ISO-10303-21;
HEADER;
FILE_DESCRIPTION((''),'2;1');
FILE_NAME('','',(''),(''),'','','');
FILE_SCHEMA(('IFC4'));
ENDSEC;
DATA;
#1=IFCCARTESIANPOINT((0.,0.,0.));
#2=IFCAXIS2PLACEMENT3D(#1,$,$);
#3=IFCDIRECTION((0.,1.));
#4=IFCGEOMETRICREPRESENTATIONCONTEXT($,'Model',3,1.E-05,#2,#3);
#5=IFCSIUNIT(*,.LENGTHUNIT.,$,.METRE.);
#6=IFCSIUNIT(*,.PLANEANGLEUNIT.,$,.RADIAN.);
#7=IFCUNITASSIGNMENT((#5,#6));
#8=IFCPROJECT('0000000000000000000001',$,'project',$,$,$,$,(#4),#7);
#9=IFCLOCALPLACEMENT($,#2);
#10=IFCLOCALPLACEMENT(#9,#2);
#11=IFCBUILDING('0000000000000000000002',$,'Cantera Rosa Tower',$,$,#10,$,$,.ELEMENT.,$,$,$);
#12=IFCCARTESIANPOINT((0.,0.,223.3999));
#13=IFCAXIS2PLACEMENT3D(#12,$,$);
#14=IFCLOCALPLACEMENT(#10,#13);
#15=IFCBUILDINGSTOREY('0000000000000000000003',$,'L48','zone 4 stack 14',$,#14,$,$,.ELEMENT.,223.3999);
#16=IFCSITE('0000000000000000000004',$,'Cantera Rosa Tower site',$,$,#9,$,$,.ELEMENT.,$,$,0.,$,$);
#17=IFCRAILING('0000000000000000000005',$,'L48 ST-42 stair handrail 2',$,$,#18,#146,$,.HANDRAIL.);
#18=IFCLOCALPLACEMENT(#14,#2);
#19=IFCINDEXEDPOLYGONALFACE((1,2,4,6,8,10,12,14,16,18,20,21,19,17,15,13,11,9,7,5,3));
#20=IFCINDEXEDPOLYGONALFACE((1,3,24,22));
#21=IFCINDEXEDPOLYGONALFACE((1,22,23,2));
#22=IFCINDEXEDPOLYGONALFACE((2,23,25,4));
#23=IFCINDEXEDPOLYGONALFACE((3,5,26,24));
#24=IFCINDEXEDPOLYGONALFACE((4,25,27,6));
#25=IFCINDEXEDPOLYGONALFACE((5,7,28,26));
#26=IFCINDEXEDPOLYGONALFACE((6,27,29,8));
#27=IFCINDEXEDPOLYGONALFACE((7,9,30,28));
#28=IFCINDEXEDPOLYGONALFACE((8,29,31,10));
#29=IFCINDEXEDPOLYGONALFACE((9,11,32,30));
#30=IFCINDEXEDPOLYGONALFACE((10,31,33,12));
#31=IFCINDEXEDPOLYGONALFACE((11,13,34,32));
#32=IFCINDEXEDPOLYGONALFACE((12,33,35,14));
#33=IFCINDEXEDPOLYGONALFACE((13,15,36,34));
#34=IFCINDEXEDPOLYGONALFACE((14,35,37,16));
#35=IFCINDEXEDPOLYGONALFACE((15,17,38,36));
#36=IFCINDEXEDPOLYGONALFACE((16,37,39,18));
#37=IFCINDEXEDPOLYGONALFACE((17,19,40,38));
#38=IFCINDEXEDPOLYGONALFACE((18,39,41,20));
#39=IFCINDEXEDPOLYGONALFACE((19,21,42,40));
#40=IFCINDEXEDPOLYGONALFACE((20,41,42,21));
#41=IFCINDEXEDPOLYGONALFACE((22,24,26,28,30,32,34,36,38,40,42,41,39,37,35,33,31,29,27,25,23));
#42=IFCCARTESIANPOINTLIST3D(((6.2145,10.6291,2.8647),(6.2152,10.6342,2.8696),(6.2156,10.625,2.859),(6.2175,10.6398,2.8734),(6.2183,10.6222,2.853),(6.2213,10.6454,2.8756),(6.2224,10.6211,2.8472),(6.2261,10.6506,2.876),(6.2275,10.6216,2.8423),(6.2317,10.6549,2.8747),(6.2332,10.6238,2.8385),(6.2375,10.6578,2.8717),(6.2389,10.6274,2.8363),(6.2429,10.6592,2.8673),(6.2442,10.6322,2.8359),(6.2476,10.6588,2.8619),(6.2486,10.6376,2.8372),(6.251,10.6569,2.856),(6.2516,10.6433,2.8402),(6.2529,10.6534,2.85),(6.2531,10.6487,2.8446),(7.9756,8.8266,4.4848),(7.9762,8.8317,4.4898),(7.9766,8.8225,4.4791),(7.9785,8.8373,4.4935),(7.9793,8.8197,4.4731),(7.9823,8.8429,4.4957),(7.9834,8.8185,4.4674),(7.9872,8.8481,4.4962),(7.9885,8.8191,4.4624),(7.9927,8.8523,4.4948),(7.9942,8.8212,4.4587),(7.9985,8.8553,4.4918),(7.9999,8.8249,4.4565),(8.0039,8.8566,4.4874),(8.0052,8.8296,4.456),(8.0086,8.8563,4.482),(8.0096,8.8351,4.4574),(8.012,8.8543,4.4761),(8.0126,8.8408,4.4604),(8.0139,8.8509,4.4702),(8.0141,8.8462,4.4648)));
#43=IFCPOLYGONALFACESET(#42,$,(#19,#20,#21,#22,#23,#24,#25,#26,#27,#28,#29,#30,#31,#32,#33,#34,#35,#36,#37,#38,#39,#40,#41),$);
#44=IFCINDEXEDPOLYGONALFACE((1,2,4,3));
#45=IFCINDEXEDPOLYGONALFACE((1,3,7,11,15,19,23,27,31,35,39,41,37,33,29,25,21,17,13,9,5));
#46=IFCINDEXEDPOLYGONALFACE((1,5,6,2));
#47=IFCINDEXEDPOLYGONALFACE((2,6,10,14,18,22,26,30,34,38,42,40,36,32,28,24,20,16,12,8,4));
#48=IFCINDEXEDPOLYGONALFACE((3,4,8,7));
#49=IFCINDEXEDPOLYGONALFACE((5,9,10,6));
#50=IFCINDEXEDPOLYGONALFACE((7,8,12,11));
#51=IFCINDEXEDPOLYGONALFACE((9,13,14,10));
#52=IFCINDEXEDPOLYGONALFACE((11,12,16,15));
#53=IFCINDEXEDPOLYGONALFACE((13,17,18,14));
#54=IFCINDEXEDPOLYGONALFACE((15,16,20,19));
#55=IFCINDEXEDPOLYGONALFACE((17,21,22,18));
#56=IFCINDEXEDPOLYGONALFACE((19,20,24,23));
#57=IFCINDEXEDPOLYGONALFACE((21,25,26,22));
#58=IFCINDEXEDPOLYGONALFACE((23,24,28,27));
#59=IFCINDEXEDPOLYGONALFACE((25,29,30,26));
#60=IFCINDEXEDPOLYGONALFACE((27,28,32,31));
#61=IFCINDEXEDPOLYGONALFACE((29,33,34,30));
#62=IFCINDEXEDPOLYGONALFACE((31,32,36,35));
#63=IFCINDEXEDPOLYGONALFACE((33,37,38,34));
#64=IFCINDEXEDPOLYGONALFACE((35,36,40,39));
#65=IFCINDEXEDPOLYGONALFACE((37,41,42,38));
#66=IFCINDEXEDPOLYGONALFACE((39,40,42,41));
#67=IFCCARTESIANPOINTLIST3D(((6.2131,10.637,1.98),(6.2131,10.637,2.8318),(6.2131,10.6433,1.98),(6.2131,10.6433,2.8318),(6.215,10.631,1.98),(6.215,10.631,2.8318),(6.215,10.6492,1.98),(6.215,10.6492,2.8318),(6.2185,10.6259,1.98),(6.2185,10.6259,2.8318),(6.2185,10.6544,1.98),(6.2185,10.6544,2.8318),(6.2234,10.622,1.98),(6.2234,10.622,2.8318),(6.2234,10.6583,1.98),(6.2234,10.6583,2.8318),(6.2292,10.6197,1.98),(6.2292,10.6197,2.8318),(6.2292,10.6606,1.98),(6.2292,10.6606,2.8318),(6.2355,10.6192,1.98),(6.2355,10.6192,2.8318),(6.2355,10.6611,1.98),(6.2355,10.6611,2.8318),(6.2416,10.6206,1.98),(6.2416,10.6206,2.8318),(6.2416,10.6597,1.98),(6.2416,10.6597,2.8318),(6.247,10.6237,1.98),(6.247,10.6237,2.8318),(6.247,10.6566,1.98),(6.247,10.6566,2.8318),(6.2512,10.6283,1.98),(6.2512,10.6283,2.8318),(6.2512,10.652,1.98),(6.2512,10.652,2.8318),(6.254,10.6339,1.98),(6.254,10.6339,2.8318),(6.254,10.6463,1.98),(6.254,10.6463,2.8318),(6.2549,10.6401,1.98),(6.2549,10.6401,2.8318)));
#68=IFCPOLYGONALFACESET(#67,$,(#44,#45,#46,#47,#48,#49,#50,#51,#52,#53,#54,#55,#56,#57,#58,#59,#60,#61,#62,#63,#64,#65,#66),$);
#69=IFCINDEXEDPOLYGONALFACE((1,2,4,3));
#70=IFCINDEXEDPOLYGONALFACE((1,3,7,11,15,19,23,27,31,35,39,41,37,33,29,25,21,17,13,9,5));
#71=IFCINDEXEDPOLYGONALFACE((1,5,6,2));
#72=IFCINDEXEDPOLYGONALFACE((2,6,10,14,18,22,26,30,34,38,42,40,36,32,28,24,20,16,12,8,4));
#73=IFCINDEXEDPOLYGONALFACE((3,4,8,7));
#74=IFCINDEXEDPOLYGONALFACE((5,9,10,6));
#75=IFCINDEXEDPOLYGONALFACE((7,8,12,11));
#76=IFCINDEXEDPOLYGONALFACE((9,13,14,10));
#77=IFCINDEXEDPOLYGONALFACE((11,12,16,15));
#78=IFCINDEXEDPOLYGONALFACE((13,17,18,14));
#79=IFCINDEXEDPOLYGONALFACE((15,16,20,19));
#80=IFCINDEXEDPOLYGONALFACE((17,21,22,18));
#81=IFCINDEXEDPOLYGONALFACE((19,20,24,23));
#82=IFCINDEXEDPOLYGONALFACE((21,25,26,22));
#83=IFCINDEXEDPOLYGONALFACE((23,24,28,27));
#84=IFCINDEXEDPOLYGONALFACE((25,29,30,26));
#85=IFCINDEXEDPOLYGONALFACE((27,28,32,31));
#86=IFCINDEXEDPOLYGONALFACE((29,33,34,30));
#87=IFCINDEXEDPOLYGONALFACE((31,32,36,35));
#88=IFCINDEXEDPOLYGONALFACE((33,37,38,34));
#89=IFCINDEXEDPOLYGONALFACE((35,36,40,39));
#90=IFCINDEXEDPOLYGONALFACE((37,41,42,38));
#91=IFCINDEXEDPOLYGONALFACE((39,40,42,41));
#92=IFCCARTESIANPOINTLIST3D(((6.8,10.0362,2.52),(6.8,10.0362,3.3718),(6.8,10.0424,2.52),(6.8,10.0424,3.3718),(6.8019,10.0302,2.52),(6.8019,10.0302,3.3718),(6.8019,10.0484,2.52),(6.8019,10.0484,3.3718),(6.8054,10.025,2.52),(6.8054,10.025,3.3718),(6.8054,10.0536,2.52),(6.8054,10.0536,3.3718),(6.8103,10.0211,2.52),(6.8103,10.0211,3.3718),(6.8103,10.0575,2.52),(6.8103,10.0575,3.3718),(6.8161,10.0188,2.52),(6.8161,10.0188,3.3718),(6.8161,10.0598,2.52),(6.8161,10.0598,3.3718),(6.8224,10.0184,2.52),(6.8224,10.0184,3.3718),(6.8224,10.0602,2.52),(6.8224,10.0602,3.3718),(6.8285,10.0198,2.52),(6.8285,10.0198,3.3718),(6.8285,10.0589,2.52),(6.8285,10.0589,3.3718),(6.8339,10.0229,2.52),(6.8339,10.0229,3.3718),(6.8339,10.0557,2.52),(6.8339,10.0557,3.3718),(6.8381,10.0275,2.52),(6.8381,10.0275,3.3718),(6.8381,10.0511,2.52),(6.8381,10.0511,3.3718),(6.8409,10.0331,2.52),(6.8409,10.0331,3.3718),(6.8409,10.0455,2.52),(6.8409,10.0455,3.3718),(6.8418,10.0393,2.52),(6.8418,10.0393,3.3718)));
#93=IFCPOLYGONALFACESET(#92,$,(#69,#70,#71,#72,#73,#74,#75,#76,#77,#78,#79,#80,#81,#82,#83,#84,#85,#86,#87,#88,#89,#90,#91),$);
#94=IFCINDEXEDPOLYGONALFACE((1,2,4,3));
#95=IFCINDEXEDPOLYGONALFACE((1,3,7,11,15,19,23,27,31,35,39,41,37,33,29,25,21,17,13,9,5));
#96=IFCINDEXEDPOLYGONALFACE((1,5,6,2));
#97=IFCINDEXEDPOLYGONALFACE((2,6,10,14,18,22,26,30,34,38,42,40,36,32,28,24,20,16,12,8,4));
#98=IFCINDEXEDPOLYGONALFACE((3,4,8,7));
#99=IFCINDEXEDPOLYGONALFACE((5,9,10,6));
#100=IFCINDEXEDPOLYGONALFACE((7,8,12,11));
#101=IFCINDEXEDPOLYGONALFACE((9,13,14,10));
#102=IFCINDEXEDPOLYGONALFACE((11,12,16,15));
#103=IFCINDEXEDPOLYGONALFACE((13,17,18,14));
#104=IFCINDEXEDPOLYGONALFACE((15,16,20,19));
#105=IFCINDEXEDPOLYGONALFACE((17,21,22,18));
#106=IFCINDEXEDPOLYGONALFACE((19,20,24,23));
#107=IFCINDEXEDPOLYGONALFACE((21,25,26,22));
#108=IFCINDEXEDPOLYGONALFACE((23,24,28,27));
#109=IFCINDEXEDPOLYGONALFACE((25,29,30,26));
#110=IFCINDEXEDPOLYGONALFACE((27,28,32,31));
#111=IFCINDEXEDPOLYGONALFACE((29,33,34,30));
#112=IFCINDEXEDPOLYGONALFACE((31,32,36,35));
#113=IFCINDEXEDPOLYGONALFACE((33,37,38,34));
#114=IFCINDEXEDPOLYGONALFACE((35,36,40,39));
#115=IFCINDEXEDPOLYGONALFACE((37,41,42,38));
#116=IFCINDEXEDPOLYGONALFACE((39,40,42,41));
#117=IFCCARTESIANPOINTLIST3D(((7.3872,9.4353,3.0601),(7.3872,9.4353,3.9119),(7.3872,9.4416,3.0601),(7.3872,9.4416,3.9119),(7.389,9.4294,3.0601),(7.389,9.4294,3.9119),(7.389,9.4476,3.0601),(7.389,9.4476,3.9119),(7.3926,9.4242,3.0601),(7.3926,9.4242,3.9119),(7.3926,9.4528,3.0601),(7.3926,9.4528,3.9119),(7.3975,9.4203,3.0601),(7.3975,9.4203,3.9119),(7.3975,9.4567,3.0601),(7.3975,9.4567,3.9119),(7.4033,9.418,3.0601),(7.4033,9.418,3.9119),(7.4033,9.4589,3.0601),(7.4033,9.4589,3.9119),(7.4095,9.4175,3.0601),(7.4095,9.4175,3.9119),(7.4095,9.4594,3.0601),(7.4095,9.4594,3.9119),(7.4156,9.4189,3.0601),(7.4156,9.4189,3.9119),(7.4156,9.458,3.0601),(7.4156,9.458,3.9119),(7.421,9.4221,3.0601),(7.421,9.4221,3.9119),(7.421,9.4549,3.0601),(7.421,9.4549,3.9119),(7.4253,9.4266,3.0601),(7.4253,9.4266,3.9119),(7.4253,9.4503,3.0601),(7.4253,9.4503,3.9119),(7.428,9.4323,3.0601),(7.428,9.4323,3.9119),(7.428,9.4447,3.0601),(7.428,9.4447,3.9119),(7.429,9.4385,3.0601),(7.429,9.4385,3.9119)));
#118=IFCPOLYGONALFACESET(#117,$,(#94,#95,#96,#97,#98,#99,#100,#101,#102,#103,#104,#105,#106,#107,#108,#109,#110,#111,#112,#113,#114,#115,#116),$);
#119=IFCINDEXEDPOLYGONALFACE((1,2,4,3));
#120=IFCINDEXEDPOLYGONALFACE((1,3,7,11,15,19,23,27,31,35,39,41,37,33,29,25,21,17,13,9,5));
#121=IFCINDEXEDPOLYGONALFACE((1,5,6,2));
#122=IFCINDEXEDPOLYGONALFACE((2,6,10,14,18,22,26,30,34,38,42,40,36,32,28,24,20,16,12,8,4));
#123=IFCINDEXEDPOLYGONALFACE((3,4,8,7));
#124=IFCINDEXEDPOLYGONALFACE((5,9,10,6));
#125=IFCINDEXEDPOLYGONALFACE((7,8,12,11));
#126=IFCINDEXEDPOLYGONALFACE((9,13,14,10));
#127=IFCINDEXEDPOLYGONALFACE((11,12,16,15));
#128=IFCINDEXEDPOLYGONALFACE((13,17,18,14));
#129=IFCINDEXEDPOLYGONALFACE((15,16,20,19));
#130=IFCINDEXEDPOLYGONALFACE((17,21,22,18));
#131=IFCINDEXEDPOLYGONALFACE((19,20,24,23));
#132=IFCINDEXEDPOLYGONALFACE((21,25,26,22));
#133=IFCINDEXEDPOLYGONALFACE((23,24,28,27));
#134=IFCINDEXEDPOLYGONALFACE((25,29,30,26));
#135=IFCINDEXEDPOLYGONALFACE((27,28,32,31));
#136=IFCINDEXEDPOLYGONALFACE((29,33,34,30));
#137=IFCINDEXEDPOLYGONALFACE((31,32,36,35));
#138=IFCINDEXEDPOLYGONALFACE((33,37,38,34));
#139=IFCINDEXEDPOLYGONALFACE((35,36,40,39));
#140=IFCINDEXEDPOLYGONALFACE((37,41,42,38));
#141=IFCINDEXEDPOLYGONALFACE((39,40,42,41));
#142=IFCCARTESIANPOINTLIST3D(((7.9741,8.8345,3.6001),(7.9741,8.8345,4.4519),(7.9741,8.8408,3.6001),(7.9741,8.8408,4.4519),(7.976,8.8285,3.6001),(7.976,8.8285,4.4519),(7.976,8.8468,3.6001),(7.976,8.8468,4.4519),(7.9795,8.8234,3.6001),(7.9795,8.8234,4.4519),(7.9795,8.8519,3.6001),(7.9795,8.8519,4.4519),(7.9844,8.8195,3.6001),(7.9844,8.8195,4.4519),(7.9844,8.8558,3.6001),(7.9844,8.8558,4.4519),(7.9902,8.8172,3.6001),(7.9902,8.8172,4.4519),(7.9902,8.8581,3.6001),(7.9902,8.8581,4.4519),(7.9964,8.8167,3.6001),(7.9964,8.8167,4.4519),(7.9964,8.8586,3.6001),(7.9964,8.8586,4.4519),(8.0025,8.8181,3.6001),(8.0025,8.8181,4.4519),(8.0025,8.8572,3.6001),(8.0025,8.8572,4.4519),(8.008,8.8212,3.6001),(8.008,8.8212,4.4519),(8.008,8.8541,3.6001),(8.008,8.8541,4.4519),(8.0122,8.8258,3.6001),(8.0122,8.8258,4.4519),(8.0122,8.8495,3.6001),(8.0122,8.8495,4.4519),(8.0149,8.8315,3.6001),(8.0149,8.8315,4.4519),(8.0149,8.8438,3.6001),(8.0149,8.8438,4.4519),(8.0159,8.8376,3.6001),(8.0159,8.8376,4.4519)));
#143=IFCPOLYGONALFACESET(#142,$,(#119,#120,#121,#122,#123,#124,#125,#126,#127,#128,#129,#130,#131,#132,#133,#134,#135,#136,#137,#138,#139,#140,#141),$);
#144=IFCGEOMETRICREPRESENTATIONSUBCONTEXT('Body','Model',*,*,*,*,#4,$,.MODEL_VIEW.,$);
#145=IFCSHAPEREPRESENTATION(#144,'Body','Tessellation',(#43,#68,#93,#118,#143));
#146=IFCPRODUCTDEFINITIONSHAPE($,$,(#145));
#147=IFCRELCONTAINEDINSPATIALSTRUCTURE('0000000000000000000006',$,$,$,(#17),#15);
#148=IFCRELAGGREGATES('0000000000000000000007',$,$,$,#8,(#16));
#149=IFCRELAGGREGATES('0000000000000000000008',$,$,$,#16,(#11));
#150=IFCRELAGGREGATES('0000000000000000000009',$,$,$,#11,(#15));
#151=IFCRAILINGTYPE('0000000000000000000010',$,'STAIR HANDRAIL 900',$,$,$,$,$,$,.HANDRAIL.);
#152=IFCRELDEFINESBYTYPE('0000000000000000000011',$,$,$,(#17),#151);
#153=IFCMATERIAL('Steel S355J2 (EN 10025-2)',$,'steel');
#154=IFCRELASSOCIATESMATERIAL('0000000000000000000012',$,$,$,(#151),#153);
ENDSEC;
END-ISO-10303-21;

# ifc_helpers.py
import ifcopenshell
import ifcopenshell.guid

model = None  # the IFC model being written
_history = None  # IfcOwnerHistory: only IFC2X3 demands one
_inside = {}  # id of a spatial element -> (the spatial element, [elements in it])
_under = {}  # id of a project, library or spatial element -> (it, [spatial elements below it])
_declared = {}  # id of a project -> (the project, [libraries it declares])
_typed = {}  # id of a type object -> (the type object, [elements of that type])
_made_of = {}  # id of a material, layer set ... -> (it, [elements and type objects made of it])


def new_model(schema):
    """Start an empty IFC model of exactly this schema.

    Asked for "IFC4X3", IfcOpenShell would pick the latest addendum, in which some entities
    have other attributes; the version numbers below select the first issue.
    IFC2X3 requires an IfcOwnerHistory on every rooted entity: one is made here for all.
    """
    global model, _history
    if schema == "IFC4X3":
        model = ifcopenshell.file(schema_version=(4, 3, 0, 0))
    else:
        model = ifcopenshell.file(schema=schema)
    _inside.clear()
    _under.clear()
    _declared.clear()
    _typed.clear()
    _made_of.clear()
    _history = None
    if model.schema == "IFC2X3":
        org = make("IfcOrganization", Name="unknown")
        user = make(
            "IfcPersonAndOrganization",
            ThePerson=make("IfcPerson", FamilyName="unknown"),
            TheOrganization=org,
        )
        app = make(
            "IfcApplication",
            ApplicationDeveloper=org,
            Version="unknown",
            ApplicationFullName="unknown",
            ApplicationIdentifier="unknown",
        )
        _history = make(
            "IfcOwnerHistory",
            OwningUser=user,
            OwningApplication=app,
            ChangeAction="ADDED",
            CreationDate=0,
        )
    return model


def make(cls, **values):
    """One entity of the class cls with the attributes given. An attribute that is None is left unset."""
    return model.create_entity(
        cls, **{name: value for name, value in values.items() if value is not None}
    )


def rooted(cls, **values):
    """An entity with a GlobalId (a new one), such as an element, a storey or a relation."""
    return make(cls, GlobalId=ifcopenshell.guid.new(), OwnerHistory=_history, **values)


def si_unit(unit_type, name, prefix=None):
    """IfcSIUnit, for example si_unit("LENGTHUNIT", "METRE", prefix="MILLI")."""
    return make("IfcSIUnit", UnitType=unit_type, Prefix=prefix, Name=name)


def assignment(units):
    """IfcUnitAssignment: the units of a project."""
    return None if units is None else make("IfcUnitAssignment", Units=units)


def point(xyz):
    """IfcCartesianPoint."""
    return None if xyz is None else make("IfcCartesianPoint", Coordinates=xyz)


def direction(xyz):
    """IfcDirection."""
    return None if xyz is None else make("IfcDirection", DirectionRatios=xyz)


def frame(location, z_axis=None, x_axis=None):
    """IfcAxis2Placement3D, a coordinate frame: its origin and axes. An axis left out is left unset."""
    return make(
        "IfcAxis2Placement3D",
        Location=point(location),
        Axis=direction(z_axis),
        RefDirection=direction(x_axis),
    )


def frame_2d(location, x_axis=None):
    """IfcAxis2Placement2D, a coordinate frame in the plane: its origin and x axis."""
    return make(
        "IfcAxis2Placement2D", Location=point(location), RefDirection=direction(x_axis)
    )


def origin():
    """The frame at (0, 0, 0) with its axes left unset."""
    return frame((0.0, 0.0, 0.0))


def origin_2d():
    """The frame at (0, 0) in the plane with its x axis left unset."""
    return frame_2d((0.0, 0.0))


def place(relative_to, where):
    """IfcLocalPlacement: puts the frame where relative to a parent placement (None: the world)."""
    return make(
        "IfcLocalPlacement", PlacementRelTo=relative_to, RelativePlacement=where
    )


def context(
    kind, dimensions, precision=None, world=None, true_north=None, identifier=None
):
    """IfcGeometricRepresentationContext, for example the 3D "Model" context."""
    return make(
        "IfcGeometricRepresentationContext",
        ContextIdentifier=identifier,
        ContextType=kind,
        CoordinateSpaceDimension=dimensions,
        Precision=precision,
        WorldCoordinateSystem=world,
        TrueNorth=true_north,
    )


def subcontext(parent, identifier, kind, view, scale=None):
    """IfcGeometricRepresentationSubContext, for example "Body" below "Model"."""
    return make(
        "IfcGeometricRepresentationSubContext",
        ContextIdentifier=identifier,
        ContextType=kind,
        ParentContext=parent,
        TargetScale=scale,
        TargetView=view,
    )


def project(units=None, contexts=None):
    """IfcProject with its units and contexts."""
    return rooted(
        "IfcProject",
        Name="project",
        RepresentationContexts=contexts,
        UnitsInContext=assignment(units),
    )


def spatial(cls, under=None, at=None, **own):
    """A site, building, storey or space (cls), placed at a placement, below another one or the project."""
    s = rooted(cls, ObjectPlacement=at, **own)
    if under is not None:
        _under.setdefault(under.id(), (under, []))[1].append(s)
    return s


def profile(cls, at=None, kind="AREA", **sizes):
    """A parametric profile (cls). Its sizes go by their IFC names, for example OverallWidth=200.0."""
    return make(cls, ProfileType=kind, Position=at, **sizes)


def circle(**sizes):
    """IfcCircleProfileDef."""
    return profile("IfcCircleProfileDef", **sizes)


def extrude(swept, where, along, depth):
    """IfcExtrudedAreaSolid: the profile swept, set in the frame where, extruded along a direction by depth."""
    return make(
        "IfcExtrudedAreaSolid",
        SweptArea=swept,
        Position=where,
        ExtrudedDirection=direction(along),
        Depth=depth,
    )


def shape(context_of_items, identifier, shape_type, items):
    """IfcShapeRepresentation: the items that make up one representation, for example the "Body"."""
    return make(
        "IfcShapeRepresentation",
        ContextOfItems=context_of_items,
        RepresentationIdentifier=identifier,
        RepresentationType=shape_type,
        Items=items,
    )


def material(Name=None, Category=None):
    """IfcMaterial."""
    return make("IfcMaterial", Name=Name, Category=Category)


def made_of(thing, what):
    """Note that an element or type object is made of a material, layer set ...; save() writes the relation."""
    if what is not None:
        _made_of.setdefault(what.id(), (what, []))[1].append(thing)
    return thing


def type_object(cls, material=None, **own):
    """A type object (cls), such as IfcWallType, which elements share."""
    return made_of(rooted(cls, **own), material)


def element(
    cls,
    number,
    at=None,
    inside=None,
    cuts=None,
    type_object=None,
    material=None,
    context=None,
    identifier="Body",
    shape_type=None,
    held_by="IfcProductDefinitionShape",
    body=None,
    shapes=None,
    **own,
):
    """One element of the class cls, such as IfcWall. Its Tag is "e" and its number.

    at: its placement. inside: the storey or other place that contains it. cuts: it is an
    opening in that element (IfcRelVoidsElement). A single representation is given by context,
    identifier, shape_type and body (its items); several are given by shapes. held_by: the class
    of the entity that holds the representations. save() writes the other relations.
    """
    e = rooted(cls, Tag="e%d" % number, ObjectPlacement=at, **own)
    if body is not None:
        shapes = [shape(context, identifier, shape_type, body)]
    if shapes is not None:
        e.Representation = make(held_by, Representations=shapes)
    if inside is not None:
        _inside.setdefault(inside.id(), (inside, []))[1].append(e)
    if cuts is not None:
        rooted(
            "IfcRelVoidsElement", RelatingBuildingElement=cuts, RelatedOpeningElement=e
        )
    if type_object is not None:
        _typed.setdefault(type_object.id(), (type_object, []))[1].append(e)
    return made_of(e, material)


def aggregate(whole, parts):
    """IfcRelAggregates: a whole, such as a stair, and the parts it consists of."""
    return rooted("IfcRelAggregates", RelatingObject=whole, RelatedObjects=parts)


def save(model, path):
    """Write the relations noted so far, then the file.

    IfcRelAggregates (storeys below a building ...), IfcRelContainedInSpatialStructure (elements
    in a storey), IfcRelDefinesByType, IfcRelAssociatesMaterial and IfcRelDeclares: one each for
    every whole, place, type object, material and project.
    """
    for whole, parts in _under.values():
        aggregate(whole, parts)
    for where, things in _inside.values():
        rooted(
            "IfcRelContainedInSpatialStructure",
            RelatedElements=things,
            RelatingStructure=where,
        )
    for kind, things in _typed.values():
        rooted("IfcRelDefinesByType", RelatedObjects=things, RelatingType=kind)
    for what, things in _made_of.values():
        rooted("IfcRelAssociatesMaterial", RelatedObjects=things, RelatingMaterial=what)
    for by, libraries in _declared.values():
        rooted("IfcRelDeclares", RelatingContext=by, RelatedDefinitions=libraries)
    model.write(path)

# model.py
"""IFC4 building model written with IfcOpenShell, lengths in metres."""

from ifc_helpers import new_model, si_unit, direction, frame, origin, origin_2d, place, context, subcontext, project, spatial, circle, extrude, material, type_object, element, save


model = new_model("IFC4")

# Units and contexts
model_context = context("Model", 3, precision=1e-05, world=origin(), true_north=direction((0.0, 1.0)))
body_context = subcontext(model_context, "Body", "Model", "MODEL_VIEW")
ifc_project = project(units=[si_unit("LENGTHUNIT", "METRE"), si_unit("PLANEANGLEUNIT", "RADIAN")], contexts=[model_context])

# Site, building, storey
site_placement = place(None, origin())
site = spatial("IfcSite", under=ifc_project, at=site_placement, Name="Cantera Rosa Tower site", CompositionType="ELEMENT", RefElevation=0.0)
building_placement = place(site_placement, origin())
building = spatial("IfcBuilding", under=site, at=building_placement, Name="Cantera Rosa Tower", CompositionType="ELEMENT")
storey_placement = place(building_placement, frame((0.0, 0.0, 223.3999)))
storey = spatial("IfcBuildingStorey", under=building, at=storey_placement, Name="L48", Description="zone 4 stack 14", CompositionType="ELEMENT", Elevation=223.3999)

# Railing
ifc_material_1 = material(Name="Steel S355J2 (EN 10025-2)", Category="steel")
railing_type_1 = type_object("IfcRailingType", Name="STAIR HANDRAIL 900", PredefinedType="HANDRAIL", material=ifc_material_1)
railing_1_placement = place(storey_placement, frame((6.2339, 10.6401, 1.98)))
element("IfcRailing", 1, at=railing_1_placement, inside=storey, type_object=railing_type_1, Name="L48 ST-42 stair handrail 2", PredefinedType="HANDRAIL", context=body_context, shape_type="SweptSolid", body=[
    extrude(circle(Radius=0.0239, at=origin_2d()), frame((0.0, 0.0, 0.876), z_axis=(0.587818, -0.601672, 0.540796), x_axis=(0.715294, 0.698824, 0.0)), (0.0, 0.0, 1.0), 2.9958),
    extrude(circle(Radius=0.021, at=origin_2d()), origin(), (0.0, 0.0, 1.0), 0.8518),
    extrude(circle(Radius=0.021, at=origin_2d()), frame((0.5869, -0.6008, 0.54)), (0.0, 0.0, 1.0), 0.8518),
    extrude(circle(Radius=0.021, at=origin_2d()), frame((1.1741, -1.2017, 1.0801)), (0.0, 0.0, 1.0), 0.8518),
    extrude(circle(Radius=0.021, at=origin_2d()), frame((1.761, -1.8025, 1.6201)), (0.0, 0.0, 1.0), 0.8518),
])

save(model, "model.ifc")
